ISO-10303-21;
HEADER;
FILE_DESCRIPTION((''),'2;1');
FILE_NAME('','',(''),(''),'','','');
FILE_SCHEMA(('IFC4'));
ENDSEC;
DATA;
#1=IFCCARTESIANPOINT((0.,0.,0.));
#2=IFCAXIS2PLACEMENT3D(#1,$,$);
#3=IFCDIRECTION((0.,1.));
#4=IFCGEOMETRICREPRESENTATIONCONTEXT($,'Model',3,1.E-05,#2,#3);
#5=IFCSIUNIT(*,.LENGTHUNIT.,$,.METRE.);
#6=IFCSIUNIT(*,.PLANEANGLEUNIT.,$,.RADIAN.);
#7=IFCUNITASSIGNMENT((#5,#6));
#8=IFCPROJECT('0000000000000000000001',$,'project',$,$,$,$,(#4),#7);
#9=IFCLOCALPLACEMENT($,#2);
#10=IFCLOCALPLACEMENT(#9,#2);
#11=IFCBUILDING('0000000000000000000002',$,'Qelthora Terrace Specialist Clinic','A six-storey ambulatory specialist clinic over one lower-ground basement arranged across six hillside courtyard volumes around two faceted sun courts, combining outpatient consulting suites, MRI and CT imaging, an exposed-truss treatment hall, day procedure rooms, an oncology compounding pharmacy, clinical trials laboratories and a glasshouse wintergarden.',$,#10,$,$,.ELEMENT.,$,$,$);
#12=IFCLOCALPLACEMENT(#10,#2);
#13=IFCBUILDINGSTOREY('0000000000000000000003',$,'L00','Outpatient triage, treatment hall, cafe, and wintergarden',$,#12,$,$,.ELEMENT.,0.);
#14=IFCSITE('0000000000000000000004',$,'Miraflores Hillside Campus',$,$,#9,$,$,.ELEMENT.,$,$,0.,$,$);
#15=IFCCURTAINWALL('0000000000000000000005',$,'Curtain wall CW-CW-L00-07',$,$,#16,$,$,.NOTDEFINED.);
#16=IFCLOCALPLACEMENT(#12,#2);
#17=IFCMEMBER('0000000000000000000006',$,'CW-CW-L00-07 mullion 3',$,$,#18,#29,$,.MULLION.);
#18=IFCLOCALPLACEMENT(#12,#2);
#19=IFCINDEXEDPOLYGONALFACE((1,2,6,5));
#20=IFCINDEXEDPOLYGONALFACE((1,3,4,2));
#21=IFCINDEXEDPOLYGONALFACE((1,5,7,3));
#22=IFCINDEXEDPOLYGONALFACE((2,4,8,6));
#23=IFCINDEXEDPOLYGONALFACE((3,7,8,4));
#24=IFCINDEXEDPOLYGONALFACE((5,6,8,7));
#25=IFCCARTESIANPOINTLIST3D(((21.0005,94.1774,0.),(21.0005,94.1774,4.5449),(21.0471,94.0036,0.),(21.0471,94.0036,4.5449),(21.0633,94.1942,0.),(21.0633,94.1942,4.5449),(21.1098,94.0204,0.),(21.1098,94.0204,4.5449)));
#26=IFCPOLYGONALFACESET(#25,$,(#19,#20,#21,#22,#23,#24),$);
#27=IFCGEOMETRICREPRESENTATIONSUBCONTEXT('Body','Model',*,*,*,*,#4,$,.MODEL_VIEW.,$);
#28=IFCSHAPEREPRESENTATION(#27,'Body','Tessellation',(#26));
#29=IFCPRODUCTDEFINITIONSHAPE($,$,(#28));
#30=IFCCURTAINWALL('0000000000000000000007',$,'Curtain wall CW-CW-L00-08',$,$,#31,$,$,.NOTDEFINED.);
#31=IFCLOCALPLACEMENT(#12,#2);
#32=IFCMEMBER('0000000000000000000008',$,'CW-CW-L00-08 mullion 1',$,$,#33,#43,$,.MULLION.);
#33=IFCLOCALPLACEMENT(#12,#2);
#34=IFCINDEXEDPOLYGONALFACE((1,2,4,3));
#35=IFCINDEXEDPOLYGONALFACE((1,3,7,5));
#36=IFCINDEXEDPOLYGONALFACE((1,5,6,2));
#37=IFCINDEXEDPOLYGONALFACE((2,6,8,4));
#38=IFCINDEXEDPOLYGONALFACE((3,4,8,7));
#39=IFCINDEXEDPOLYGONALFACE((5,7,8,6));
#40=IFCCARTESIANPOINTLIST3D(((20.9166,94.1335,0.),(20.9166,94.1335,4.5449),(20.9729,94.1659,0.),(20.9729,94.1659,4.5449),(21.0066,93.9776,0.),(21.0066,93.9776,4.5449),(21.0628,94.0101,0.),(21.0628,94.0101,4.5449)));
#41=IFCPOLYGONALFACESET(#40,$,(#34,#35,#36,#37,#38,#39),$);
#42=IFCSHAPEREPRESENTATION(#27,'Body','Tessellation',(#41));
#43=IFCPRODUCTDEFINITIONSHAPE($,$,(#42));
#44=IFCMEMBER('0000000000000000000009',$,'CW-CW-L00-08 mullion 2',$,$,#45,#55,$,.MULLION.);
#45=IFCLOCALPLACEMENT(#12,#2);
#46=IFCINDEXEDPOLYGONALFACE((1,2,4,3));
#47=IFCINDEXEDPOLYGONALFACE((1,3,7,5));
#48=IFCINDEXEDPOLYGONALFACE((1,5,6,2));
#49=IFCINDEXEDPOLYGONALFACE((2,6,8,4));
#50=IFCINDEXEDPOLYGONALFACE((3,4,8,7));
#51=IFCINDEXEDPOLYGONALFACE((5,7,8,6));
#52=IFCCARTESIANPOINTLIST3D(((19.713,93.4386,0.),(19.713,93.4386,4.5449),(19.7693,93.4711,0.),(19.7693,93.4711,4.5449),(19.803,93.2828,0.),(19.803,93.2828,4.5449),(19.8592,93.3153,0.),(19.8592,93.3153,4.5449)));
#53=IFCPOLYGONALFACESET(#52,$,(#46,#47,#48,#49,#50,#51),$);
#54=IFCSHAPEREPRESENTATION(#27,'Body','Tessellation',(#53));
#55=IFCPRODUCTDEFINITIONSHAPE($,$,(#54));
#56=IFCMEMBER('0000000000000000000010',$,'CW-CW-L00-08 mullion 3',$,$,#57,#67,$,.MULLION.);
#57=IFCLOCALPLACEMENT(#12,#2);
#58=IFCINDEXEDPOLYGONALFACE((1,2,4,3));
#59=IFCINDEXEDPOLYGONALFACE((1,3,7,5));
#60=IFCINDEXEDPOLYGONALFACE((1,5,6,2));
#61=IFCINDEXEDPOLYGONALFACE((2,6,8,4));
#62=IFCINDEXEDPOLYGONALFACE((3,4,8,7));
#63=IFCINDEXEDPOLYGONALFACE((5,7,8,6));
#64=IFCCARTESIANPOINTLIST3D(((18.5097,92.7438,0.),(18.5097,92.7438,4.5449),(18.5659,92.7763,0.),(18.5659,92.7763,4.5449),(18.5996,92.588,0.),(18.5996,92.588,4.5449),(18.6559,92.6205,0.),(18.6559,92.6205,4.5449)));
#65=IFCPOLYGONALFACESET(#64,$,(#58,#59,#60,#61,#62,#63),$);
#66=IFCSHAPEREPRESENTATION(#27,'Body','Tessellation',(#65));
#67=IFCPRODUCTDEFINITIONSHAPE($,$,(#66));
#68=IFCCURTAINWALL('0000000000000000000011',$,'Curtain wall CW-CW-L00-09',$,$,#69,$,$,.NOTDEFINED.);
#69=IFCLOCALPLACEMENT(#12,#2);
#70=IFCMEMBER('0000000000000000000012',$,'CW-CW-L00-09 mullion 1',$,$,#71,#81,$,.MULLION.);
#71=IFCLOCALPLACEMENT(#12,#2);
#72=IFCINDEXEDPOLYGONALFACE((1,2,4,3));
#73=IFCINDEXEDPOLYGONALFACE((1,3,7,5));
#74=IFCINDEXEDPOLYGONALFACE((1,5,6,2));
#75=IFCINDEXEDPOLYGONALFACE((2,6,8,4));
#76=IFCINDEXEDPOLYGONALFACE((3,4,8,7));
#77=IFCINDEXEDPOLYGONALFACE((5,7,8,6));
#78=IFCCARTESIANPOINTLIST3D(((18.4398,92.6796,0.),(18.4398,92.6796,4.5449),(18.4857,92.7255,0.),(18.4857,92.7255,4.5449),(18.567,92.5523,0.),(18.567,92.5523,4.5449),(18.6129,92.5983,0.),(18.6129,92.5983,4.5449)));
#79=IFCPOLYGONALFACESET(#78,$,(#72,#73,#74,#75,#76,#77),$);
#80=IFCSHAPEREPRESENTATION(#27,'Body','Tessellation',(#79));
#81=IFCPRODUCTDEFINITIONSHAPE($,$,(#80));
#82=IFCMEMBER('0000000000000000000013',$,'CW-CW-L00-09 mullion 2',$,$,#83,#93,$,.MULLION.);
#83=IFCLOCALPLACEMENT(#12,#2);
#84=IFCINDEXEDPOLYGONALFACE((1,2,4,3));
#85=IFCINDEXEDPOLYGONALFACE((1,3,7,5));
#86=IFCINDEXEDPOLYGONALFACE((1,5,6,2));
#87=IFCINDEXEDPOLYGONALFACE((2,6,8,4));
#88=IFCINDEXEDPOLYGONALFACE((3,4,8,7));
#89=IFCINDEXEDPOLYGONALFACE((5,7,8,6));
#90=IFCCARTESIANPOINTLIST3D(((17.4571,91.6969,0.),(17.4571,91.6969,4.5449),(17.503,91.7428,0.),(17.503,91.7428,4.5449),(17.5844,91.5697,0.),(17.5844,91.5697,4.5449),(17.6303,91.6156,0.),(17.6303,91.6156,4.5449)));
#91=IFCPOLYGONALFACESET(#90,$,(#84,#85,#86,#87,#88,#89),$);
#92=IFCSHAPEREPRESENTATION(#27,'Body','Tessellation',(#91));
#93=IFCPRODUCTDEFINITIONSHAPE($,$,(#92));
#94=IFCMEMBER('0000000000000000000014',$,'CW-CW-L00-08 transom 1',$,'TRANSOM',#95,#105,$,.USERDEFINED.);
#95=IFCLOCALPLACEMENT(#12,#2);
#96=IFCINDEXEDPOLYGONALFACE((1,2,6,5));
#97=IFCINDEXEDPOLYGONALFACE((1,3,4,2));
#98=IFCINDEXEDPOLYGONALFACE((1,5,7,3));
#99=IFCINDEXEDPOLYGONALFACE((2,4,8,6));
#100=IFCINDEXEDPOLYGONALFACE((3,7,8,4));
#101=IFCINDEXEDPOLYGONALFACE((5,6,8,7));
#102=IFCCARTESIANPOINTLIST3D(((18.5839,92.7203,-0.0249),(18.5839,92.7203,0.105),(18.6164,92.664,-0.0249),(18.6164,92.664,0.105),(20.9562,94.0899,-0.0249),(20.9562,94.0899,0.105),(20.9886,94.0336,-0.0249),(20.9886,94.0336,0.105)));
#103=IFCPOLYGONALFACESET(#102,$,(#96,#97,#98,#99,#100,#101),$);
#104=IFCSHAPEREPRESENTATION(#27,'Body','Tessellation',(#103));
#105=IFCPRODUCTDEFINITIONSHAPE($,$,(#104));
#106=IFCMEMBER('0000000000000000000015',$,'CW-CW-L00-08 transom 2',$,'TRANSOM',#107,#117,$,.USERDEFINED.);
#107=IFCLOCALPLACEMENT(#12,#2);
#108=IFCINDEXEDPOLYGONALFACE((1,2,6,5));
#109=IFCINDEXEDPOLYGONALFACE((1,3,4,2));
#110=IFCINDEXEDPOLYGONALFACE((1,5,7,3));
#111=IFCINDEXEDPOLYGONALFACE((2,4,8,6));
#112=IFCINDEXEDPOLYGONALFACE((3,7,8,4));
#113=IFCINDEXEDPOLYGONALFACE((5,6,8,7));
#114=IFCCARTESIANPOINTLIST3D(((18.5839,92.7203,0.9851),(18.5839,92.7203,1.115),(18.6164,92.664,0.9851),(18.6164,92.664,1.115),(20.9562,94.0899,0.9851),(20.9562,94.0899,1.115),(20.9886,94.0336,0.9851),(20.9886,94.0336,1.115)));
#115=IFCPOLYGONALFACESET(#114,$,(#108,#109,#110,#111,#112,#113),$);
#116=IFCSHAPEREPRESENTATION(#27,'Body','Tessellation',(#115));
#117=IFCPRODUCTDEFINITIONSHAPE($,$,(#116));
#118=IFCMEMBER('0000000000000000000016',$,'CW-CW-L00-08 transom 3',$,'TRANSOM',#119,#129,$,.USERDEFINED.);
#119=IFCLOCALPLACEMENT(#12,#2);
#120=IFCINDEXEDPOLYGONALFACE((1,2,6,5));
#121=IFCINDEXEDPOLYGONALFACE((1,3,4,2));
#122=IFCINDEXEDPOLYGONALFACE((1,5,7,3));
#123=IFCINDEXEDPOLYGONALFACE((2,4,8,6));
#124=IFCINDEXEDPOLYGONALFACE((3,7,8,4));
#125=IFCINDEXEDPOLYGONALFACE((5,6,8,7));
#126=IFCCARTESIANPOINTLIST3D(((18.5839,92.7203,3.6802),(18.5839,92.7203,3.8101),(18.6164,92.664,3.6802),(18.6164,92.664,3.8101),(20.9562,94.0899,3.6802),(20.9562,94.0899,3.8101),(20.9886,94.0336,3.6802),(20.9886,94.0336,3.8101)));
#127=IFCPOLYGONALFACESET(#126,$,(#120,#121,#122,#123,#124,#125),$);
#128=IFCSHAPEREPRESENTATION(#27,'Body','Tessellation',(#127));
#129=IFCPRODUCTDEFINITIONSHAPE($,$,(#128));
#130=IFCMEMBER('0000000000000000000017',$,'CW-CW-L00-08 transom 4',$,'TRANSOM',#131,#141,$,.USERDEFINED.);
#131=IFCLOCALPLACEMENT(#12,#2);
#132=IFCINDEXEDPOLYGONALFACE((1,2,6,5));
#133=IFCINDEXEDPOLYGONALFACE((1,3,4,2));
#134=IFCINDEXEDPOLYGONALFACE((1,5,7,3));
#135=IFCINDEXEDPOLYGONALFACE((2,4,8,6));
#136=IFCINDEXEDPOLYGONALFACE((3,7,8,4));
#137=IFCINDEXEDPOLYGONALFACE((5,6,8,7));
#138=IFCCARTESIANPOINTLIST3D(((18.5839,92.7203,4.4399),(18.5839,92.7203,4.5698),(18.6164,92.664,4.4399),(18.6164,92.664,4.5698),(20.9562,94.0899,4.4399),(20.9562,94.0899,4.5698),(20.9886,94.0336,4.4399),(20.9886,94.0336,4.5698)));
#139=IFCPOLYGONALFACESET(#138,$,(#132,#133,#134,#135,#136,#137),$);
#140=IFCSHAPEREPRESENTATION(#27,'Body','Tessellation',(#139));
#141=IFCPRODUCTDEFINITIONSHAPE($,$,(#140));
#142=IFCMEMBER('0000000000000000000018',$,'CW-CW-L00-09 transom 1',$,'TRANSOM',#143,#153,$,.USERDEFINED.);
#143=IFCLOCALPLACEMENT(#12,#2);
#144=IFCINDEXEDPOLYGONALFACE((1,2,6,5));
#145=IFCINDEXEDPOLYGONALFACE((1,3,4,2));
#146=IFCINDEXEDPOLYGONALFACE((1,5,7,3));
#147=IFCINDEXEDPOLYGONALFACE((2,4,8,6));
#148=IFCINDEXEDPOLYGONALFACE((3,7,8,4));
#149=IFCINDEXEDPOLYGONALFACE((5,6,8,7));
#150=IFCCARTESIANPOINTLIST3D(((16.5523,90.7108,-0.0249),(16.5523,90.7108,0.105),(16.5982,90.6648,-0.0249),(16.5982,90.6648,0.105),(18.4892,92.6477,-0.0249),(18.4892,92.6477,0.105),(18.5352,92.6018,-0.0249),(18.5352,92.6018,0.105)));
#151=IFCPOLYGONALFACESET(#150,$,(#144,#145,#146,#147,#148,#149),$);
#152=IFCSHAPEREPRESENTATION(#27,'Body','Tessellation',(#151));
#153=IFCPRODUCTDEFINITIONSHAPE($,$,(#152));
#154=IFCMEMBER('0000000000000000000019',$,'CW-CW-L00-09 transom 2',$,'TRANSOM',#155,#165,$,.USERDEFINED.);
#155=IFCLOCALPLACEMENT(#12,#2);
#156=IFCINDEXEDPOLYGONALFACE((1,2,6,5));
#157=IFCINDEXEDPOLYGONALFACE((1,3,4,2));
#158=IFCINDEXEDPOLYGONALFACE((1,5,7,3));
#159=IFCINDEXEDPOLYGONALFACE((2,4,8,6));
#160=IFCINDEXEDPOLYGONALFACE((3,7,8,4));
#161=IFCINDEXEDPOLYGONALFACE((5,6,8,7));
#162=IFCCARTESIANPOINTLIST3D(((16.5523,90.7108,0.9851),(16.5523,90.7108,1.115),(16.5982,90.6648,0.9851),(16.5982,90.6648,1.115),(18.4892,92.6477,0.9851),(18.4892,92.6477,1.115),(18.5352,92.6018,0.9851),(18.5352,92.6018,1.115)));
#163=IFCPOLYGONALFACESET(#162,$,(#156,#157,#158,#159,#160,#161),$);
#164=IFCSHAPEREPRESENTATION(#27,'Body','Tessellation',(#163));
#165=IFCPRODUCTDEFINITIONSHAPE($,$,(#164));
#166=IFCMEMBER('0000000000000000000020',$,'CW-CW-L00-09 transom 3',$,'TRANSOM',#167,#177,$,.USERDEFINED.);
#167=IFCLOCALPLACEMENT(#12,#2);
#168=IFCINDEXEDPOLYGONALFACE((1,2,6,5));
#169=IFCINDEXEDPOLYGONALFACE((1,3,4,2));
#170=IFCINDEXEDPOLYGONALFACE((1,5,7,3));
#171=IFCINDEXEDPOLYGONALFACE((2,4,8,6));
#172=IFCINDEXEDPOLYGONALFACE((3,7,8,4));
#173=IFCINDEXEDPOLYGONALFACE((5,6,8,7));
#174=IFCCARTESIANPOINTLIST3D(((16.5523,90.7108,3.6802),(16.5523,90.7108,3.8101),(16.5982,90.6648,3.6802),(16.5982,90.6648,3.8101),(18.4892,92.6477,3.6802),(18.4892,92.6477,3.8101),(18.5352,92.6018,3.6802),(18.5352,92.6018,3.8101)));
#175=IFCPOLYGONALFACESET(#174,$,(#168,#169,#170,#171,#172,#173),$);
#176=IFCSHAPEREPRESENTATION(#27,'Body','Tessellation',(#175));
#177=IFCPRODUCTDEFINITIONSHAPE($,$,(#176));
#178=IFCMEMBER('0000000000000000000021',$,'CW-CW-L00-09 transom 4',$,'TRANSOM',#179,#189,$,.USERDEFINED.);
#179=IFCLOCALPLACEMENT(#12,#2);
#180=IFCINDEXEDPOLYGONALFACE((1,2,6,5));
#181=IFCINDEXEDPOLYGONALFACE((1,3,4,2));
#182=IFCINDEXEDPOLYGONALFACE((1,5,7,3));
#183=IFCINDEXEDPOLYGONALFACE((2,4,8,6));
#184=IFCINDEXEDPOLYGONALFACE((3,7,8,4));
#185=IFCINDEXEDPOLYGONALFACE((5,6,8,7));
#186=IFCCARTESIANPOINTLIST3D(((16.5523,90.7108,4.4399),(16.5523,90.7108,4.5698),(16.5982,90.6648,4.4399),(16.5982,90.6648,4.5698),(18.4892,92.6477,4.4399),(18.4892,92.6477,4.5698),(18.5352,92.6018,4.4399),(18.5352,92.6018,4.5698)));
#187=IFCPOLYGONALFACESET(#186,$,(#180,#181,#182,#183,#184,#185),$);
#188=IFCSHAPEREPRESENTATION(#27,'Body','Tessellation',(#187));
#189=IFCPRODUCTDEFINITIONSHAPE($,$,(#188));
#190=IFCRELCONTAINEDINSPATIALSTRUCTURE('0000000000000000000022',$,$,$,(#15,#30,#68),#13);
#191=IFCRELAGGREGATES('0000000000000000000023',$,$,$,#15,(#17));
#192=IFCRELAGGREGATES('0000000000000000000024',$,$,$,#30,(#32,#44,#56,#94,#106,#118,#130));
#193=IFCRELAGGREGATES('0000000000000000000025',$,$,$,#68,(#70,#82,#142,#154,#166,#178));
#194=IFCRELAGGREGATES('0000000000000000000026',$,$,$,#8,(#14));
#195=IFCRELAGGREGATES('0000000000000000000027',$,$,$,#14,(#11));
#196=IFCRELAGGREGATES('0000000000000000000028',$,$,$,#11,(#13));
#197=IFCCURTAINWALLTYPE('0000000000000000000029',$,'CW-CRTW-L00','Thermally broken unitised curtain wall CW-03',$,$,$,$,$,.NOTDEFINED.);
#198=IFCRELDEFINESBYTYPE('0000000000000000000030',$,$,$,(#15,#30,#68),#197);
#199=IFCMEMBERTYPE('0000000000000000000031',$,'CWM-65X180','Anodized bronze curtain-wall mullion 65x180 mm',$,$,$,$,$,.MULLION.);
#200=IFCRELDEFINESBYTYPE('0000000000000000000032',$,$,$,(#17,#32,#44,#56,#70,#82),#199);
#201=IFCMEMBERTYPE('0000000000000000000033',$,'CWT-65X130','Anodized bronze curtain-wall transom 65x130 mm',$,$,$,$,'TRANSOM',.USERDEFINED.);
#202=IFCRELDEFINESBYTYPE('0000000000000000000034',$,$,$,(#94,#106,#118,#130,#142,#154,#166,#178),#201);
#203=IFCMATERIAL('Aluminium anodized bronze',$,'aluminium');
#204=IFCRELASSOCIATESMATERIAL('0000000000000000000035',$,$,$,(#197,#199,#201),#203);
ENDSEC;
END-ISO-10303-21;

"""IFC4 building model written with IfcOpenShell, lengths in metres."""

from ifc_helpers import new_model, si_unit, direction, frame, origin, origin_2d, place, context, subcontext, project, spatial, rectangle, extrude, material, material_profile, profile_set, type_object, element, aggregate, save


model = new_model("IFC4")

# Units and contexts
model_context = context("Model", 3, precision=1e-05, world=origin(), true_north=direction((0.0, 1.0)))
body_context = subcontext(model_context, "Body", "Model", "MODEL_VIEW")
ifc_project = project(units=[si_unit("LENGTHUNIT", "METRE"), si_unit("PLANEANGLEUNIT", "RADIAN")], contexts=[model_context])

# Site, building, storey
site_placement = place(None, origin())
site = spatial("IfcSite", under=ifc_project, at=site_placement, Name="Miraflores Hillside Campus", CompositionType="ELEMENT", RefElevation=0.0)
building_placement = place(site_placement, origin())
building = spatial("IfcBuilding", under=site, at=building_placement, Name="Qelthora Terrace Specialist Clinic", Description="A six-storey ambulatory specialist clinic over one lower-ground basement arranged across six hillside courtyard volumes around two faceted sun courts, combining outpatient consulting suites, MRI and CT imaging, an exposed-truss treatment hall, day procedure rooms, an oncology compounding pharmacy, clinical trials laboratories and a glasshouse wintergarden.", CompositionType="ELEMENT")
storey_placement = place(building_placement, origin())
storey = spatial("IfcBuildingStorey", under=building, at=storey_placement, Name="L00", Description="Outpatient triage, treatment hall, cafe, and wintergarden", CompositionType="ELEMENT", Elevation=0.0)

# Curtain wall, member
ifc_material_1 = material(Name="Aluminium anodized bronze", Category="aluminium")
curtain_wall_type = type_object("IfcCurtainWallType", Name="CW-CRTW-L00", Description="Thermally broken unitised curtain wall CW-03", PredefinedType="NOTDEFINED", material=ifc_material_1)
curtain_wall_1_placement = place(storey_placement, origin())
curtain_wall_1 = element("IfcCurtainWall", 1, at=curtain_wall_1_placement, inside=storey, type_object=curtain_wall_type, Name="Curtain wall CW-CW-L00-07", PredefinedType="NOTDEFINED")
ifc_material_profile_1 = material_profile(ifc_material_1, rectangle(XDim=0.0649, YDim=0.1799, at=origin_2d()), Name="CWM65X180")
ifc_profile_set_1 = profile_set([ifc_material_profile_1], Name="Aluminium anodized bronze")
member_type_1 = type_object("IfcMemberType", Name="CWM-65X180", Description="Anodized bronze curtain-wall mullion 65x180 mm", PredefinedType="MULLION", material=ifc_profile_set_1)
member_1_placement = place(storey_placement, frame((21.0552, 94.0989, 0.0), z_axis=(0.0, 0.0, 1.0), x_axis=(-0.965925, -0.25882, 0.0)))
member_1 = element("IfcMember", 2, at=member_1_placement, type_object=member_type_1, Name="CW-CW-L00-07 mullion 3", PredefinedType="MULLION", context=body_context, shape_type="SweptSolid", body=[
    extrude(rectangle(XDim=0.0649, YDim=0.1799, at=origin_2d()), origin(), (0.0, 0.0, 1.0), 4.5449),
])

# Curtain walls, members
curtain_wall_2_placement = place(storey_placement, origin())
curtain_wall_2 = element("IfcCurtainWall", 3, at=curtain_wall_2_placement, inside=storey, type_object=curtain_wall_type, Name="Curtain wall CW-CW-L00-08", PredefinedType="NOTDEFINED")
member_2_placement = place(storey_placement, frame((20.9897, 94.0718, 0.0), z_axis=(0.0, 0.0, 1.0), x_axis=(-0.866026, -0.5, 0.0)))
member_2 = element("IfcMember", 4, at=member_2_placement, type_object=member_type_1, Name="CW-CW-L00-08 mullion 1", PredefinedType="MULLION", context=body_context, shape_type="SweptSolid", body=[
    extrude(rectangle(XDim=0.0649, YDim=0.1799, at=origin_2d()), origin(), (0.0, 0.0, 1.0), 4.5449),
])
member_3_placement = place(storey_placement, frame((19.7861, 93.377, 0.0), z_axis=(0.0, 0.0, 1.0), x_axis=(-0.866026, -0.5, 0.0)))
member_3 = element("IfcMember", 5, at=member_3_placement, type_object=member_type_1, Name="CW-CW-L00-08 mullion 2", PredefinedType="MULLION", context=body_context, shape_type="SweptSolid", body=[
    extrude(rectangle(XDim=0.0649, YDim=0.1799, at=origin_2d()), origin(), (0.0, 0.0, 1.0), 4.5449),
])
member_4_placement = place(storey_placement, frame((18.5828, 92.6821, 0.0), z_axis=(0.0, 0.0, 1.0), x_axis=(-0.866026, -0.5, 0.0)))
member_4 = element("IfcMember", 6, at=member_4_placement, type_object=member_type_1, Name="CW-CW-L00-08 mullion 3", PredefinedType="MULLION", context=body_context, shape_type="SweptSolid", body=[
    extrude(rectangle(XDim=0.0649, YDim=0.1799, at=origin_2d()), origin(), (0.0, 0.0, 1.0), 4.5449),
])
curtain_wall_3_placement = place(storey_placement, origin())
curtain_wall_3 = element("IfcCurtainWall", 7, at=curtain_wall_3_placement, inside=storey, type_object=curtain_wall_type, Name="Curtain wall CW-CW-L00-09", PredefinedType="NOTDEFINED")
member_5_placement = place(storey_placement, frame((18.5264, 92.6389, 0.0), z_axis=(0.0, 0.0, 1.0), x_axis=(-0.707107, -0.707107, 0.0)))
member_5 = element("IfcMember", 8, at=member_5_placement, type_object=member_type_1, Name="CW-CW-L00-09 mullion 1", PredefinedType="MULLION", context=body_context, shape_type="SweptSolid", body=[
    extrude(rectangle(XDim=0.0649, YDim=0.1799, at=origin_2d()), origin(), (0.0, 0.0, 1.0), 4.5449),
])
member_6_placement = place(storey_placement, frame((17.5437, 91.6562, 0.0), z_axis=(0.0, 0.0, 1.0), x_axis=(-0.707107, -0.707107, 0.0)))
member_6 = element("IfcMember", 9, at=member_6_placement, type_object=member_type_1, Name="CW-CW-L00-09 mullion 2", PredefinedType="MULLION", context=body_context, shape_type="SweptSolid", body=[
    extrude(rectangle(XDim=0.0649, YDim=0.1799, at=origin_2d()), origin(), (0.0, 0.0, 1.0), 4.5449),
])

# Members
ifc_material_profile_2 = material_profile(ifc_material_1, rectangle(XDim=0.0649, YDim=0.1299, at=origin_2d()), Name="CWT65X130")
ifc_profile_set_2 = profile_set([ifc_material_profile_2], Name="Aluminium anodized bronze")
member_type_2 = type_object("IfcMemberType", Name="CWT-65X130", Description="Anodized bronze curtain-wall transom 65x130 mm", ElementType="TRANSOM", PredefinedType="USERDEFINED", material=ifc_profile_set_2)
member_7_placement = place(storey_placement, frame((20.9724, 94.0618, 0.04), z_axis=(-0.86603, -0.499992, 0.0), x_axis=(0.499992, -0.86603, 0.0)))
member_7 = element("IfcMember", 10, at=member_7_placement, type_object=member_type_2, Name="CW-CW-L00-08 transom 1", ObjectType="TRANSOM", PredefinedType="USERDEFINED", context=body_context, shape_type="SweptSolid", body=[
    extrude(rectangle(XDim=0.0649, YDim=0.1299, at=origin_2d()), origin(), (0.0, 0.0, 1.0), 2.7393),
])
member_8_placement = place(storey_placement, frame((20.9724, 94.0618, 1.05), z_axis=(-0.86603, -0.499992, 0.0), x_axis=(0.499992, -0.86603, 0.0)))
member_8 = element("IfcMember", 11, at=member_8_placement, type_object=member_type_2, Name="CW-CW-L00-08 transom 2", ObjectType="TRANSOM", PredefinedType="USERDEFINED", context=body_context, shape_type="SweptSolid", body=[
    extrude(rectangle(XDim=0.0649, YDim=0.1299, at=origin_2d()), origin(), (0.0, 0.0, 1.0), 2.7393),
])
member_9_placement = place(storey_placement, frame((20.9724, 94.0618, 3.7451), z_axis=(-0.86603, -0.499992, 0.0), x_axis=(0.499992, -0.86603, 0.0)))
member_9 = element("IfcMember", 12, at=member_9_placement, type_object=member_type_2, Name="CW-CW-L00-08 transom 3", ObjectType="TRANSOM", PredefinedType="USERDEFINED", context=body_context, shape_type="SweptSolid", body=[
    extrude(rectangle(XDim=0.0649, YDim=0.1299, at=origin_2d()), origin(), (0.0, 0.0, 1.0), 2.7393),
])
member_10_placement = place(storey_placement, frame((20.9724, 94.0618, 4.5049), z_axis=(-0.86603, -0.499992, 0.0), x_axis=(0.499992, -0.86603, 0.0)))
member_10 = element("IfcMember", 13, at=member_10_placement, type_object=member_type_2, Name="CW-CW-L00-08 transom 4", ObjectType="TRANSOM", PredefinedType="USERDEFINED", context=body_context, shape_type="SweptSolid", body=[
    extrude(rectangle(XDim=0.0649, YDim=0.1299, at=origin_2d()), origin(), (0.0, 0.0, 1.0), 2.7393),
])
member_11_placement = place(storey_placement, frame((18.5122, 92.6248, 0.04), z_axis=(-0.707107, -0.707107, 0.0), x_axis=(0.707107, -0.707107, 0.0)))
member_11 = element("IfcMember", 14, at=member_11_placement, type_object=member_type_2, Name="CW-CW-L00-09 transom 1", ObjectType="TRANSOM", PredefinedType="USERDEFINED", context=body_context, shape_type="SweptSolid", body=[
    extrude(rectangle(XDim=0.0649, YDim=0.1299, at=origin_2d()), origin(), (0.0, 0.0, 1.0), 2.7393),
])
member_12_placement = place(storey_placement, frame((18.5122, 92.6248, 1.05), z_axis=(-0.707107, -0.707107, 0.0), x_axis=(0.707107, -0.707107, 0.0)))
member_12 = element("IfcMember", 15, at=member_12_placement, type_object=member_type_2, Name="CW-CW-L00-09 transom 2", ObjectType="TRANSOM", PredefinedType="USERDEFINED", context=body_context, shape_type="SweptSolid", body=[
    extrude(rectangle(XDim=0.0649, YDim=0.1299, at=origin_2d()), origin(), (0.0, 0.0, 1.0), 2.7393),
])
member_13_placement = place(storey_placement, frame((18.5122, 92.6248, 3.7451), z_axis=(-0.707107, -0.707107, 0.0), x_axis=(0.707107, -0.707107, 0.0)))
member_13 = element("IfcMember", 16, at=member_13_placement, type_object=member_type_2, Name="CW-CW-L00-09 transom 3", ObjectType="TRANSOM", PredefinedType="USERDEFINED", context=body_context, shape_type="SweptSolid", body=[
    extrude(rectangle(XDim=0.0649, YDim=0.1299, at=origin_2d()), origin(), (0.0, 0.0, 1.0), 2.7393),
])
member_14_placement = place(storey_placement, frame((18.5122, 92.6248, 4.5049), z_axis=(-0.707107, -0.707107, 0.0), x_axis=(0.707107, -0.707107, 0.0)))
member_14 = element("IfcMember", 17, at=member_14_placement, type_object=member_type_2, Name="CW-CW-L00-09 transom 4", ObjectType="TRANSOM", PredefinedType="USERDEFINED", context=body_context, shape_type="SweptSolid", body=[
    extrude(rectangle(XDim=0.0649, YDim=0.1299, at=origin_2d()), origin(), (0.0, 0.0, 1.0), 2.7393),
])

aggregate(curtain_wall_1, [member_1])
aggregate(curtain_wall_2, [member_2, member_3, member_4, member_7, member_8, member_9, member_10])
aggregate(curtain_wall_3, [member_5, member_6, member_11, member_12, member_13, member_14])

save(model, "model.ifc")
